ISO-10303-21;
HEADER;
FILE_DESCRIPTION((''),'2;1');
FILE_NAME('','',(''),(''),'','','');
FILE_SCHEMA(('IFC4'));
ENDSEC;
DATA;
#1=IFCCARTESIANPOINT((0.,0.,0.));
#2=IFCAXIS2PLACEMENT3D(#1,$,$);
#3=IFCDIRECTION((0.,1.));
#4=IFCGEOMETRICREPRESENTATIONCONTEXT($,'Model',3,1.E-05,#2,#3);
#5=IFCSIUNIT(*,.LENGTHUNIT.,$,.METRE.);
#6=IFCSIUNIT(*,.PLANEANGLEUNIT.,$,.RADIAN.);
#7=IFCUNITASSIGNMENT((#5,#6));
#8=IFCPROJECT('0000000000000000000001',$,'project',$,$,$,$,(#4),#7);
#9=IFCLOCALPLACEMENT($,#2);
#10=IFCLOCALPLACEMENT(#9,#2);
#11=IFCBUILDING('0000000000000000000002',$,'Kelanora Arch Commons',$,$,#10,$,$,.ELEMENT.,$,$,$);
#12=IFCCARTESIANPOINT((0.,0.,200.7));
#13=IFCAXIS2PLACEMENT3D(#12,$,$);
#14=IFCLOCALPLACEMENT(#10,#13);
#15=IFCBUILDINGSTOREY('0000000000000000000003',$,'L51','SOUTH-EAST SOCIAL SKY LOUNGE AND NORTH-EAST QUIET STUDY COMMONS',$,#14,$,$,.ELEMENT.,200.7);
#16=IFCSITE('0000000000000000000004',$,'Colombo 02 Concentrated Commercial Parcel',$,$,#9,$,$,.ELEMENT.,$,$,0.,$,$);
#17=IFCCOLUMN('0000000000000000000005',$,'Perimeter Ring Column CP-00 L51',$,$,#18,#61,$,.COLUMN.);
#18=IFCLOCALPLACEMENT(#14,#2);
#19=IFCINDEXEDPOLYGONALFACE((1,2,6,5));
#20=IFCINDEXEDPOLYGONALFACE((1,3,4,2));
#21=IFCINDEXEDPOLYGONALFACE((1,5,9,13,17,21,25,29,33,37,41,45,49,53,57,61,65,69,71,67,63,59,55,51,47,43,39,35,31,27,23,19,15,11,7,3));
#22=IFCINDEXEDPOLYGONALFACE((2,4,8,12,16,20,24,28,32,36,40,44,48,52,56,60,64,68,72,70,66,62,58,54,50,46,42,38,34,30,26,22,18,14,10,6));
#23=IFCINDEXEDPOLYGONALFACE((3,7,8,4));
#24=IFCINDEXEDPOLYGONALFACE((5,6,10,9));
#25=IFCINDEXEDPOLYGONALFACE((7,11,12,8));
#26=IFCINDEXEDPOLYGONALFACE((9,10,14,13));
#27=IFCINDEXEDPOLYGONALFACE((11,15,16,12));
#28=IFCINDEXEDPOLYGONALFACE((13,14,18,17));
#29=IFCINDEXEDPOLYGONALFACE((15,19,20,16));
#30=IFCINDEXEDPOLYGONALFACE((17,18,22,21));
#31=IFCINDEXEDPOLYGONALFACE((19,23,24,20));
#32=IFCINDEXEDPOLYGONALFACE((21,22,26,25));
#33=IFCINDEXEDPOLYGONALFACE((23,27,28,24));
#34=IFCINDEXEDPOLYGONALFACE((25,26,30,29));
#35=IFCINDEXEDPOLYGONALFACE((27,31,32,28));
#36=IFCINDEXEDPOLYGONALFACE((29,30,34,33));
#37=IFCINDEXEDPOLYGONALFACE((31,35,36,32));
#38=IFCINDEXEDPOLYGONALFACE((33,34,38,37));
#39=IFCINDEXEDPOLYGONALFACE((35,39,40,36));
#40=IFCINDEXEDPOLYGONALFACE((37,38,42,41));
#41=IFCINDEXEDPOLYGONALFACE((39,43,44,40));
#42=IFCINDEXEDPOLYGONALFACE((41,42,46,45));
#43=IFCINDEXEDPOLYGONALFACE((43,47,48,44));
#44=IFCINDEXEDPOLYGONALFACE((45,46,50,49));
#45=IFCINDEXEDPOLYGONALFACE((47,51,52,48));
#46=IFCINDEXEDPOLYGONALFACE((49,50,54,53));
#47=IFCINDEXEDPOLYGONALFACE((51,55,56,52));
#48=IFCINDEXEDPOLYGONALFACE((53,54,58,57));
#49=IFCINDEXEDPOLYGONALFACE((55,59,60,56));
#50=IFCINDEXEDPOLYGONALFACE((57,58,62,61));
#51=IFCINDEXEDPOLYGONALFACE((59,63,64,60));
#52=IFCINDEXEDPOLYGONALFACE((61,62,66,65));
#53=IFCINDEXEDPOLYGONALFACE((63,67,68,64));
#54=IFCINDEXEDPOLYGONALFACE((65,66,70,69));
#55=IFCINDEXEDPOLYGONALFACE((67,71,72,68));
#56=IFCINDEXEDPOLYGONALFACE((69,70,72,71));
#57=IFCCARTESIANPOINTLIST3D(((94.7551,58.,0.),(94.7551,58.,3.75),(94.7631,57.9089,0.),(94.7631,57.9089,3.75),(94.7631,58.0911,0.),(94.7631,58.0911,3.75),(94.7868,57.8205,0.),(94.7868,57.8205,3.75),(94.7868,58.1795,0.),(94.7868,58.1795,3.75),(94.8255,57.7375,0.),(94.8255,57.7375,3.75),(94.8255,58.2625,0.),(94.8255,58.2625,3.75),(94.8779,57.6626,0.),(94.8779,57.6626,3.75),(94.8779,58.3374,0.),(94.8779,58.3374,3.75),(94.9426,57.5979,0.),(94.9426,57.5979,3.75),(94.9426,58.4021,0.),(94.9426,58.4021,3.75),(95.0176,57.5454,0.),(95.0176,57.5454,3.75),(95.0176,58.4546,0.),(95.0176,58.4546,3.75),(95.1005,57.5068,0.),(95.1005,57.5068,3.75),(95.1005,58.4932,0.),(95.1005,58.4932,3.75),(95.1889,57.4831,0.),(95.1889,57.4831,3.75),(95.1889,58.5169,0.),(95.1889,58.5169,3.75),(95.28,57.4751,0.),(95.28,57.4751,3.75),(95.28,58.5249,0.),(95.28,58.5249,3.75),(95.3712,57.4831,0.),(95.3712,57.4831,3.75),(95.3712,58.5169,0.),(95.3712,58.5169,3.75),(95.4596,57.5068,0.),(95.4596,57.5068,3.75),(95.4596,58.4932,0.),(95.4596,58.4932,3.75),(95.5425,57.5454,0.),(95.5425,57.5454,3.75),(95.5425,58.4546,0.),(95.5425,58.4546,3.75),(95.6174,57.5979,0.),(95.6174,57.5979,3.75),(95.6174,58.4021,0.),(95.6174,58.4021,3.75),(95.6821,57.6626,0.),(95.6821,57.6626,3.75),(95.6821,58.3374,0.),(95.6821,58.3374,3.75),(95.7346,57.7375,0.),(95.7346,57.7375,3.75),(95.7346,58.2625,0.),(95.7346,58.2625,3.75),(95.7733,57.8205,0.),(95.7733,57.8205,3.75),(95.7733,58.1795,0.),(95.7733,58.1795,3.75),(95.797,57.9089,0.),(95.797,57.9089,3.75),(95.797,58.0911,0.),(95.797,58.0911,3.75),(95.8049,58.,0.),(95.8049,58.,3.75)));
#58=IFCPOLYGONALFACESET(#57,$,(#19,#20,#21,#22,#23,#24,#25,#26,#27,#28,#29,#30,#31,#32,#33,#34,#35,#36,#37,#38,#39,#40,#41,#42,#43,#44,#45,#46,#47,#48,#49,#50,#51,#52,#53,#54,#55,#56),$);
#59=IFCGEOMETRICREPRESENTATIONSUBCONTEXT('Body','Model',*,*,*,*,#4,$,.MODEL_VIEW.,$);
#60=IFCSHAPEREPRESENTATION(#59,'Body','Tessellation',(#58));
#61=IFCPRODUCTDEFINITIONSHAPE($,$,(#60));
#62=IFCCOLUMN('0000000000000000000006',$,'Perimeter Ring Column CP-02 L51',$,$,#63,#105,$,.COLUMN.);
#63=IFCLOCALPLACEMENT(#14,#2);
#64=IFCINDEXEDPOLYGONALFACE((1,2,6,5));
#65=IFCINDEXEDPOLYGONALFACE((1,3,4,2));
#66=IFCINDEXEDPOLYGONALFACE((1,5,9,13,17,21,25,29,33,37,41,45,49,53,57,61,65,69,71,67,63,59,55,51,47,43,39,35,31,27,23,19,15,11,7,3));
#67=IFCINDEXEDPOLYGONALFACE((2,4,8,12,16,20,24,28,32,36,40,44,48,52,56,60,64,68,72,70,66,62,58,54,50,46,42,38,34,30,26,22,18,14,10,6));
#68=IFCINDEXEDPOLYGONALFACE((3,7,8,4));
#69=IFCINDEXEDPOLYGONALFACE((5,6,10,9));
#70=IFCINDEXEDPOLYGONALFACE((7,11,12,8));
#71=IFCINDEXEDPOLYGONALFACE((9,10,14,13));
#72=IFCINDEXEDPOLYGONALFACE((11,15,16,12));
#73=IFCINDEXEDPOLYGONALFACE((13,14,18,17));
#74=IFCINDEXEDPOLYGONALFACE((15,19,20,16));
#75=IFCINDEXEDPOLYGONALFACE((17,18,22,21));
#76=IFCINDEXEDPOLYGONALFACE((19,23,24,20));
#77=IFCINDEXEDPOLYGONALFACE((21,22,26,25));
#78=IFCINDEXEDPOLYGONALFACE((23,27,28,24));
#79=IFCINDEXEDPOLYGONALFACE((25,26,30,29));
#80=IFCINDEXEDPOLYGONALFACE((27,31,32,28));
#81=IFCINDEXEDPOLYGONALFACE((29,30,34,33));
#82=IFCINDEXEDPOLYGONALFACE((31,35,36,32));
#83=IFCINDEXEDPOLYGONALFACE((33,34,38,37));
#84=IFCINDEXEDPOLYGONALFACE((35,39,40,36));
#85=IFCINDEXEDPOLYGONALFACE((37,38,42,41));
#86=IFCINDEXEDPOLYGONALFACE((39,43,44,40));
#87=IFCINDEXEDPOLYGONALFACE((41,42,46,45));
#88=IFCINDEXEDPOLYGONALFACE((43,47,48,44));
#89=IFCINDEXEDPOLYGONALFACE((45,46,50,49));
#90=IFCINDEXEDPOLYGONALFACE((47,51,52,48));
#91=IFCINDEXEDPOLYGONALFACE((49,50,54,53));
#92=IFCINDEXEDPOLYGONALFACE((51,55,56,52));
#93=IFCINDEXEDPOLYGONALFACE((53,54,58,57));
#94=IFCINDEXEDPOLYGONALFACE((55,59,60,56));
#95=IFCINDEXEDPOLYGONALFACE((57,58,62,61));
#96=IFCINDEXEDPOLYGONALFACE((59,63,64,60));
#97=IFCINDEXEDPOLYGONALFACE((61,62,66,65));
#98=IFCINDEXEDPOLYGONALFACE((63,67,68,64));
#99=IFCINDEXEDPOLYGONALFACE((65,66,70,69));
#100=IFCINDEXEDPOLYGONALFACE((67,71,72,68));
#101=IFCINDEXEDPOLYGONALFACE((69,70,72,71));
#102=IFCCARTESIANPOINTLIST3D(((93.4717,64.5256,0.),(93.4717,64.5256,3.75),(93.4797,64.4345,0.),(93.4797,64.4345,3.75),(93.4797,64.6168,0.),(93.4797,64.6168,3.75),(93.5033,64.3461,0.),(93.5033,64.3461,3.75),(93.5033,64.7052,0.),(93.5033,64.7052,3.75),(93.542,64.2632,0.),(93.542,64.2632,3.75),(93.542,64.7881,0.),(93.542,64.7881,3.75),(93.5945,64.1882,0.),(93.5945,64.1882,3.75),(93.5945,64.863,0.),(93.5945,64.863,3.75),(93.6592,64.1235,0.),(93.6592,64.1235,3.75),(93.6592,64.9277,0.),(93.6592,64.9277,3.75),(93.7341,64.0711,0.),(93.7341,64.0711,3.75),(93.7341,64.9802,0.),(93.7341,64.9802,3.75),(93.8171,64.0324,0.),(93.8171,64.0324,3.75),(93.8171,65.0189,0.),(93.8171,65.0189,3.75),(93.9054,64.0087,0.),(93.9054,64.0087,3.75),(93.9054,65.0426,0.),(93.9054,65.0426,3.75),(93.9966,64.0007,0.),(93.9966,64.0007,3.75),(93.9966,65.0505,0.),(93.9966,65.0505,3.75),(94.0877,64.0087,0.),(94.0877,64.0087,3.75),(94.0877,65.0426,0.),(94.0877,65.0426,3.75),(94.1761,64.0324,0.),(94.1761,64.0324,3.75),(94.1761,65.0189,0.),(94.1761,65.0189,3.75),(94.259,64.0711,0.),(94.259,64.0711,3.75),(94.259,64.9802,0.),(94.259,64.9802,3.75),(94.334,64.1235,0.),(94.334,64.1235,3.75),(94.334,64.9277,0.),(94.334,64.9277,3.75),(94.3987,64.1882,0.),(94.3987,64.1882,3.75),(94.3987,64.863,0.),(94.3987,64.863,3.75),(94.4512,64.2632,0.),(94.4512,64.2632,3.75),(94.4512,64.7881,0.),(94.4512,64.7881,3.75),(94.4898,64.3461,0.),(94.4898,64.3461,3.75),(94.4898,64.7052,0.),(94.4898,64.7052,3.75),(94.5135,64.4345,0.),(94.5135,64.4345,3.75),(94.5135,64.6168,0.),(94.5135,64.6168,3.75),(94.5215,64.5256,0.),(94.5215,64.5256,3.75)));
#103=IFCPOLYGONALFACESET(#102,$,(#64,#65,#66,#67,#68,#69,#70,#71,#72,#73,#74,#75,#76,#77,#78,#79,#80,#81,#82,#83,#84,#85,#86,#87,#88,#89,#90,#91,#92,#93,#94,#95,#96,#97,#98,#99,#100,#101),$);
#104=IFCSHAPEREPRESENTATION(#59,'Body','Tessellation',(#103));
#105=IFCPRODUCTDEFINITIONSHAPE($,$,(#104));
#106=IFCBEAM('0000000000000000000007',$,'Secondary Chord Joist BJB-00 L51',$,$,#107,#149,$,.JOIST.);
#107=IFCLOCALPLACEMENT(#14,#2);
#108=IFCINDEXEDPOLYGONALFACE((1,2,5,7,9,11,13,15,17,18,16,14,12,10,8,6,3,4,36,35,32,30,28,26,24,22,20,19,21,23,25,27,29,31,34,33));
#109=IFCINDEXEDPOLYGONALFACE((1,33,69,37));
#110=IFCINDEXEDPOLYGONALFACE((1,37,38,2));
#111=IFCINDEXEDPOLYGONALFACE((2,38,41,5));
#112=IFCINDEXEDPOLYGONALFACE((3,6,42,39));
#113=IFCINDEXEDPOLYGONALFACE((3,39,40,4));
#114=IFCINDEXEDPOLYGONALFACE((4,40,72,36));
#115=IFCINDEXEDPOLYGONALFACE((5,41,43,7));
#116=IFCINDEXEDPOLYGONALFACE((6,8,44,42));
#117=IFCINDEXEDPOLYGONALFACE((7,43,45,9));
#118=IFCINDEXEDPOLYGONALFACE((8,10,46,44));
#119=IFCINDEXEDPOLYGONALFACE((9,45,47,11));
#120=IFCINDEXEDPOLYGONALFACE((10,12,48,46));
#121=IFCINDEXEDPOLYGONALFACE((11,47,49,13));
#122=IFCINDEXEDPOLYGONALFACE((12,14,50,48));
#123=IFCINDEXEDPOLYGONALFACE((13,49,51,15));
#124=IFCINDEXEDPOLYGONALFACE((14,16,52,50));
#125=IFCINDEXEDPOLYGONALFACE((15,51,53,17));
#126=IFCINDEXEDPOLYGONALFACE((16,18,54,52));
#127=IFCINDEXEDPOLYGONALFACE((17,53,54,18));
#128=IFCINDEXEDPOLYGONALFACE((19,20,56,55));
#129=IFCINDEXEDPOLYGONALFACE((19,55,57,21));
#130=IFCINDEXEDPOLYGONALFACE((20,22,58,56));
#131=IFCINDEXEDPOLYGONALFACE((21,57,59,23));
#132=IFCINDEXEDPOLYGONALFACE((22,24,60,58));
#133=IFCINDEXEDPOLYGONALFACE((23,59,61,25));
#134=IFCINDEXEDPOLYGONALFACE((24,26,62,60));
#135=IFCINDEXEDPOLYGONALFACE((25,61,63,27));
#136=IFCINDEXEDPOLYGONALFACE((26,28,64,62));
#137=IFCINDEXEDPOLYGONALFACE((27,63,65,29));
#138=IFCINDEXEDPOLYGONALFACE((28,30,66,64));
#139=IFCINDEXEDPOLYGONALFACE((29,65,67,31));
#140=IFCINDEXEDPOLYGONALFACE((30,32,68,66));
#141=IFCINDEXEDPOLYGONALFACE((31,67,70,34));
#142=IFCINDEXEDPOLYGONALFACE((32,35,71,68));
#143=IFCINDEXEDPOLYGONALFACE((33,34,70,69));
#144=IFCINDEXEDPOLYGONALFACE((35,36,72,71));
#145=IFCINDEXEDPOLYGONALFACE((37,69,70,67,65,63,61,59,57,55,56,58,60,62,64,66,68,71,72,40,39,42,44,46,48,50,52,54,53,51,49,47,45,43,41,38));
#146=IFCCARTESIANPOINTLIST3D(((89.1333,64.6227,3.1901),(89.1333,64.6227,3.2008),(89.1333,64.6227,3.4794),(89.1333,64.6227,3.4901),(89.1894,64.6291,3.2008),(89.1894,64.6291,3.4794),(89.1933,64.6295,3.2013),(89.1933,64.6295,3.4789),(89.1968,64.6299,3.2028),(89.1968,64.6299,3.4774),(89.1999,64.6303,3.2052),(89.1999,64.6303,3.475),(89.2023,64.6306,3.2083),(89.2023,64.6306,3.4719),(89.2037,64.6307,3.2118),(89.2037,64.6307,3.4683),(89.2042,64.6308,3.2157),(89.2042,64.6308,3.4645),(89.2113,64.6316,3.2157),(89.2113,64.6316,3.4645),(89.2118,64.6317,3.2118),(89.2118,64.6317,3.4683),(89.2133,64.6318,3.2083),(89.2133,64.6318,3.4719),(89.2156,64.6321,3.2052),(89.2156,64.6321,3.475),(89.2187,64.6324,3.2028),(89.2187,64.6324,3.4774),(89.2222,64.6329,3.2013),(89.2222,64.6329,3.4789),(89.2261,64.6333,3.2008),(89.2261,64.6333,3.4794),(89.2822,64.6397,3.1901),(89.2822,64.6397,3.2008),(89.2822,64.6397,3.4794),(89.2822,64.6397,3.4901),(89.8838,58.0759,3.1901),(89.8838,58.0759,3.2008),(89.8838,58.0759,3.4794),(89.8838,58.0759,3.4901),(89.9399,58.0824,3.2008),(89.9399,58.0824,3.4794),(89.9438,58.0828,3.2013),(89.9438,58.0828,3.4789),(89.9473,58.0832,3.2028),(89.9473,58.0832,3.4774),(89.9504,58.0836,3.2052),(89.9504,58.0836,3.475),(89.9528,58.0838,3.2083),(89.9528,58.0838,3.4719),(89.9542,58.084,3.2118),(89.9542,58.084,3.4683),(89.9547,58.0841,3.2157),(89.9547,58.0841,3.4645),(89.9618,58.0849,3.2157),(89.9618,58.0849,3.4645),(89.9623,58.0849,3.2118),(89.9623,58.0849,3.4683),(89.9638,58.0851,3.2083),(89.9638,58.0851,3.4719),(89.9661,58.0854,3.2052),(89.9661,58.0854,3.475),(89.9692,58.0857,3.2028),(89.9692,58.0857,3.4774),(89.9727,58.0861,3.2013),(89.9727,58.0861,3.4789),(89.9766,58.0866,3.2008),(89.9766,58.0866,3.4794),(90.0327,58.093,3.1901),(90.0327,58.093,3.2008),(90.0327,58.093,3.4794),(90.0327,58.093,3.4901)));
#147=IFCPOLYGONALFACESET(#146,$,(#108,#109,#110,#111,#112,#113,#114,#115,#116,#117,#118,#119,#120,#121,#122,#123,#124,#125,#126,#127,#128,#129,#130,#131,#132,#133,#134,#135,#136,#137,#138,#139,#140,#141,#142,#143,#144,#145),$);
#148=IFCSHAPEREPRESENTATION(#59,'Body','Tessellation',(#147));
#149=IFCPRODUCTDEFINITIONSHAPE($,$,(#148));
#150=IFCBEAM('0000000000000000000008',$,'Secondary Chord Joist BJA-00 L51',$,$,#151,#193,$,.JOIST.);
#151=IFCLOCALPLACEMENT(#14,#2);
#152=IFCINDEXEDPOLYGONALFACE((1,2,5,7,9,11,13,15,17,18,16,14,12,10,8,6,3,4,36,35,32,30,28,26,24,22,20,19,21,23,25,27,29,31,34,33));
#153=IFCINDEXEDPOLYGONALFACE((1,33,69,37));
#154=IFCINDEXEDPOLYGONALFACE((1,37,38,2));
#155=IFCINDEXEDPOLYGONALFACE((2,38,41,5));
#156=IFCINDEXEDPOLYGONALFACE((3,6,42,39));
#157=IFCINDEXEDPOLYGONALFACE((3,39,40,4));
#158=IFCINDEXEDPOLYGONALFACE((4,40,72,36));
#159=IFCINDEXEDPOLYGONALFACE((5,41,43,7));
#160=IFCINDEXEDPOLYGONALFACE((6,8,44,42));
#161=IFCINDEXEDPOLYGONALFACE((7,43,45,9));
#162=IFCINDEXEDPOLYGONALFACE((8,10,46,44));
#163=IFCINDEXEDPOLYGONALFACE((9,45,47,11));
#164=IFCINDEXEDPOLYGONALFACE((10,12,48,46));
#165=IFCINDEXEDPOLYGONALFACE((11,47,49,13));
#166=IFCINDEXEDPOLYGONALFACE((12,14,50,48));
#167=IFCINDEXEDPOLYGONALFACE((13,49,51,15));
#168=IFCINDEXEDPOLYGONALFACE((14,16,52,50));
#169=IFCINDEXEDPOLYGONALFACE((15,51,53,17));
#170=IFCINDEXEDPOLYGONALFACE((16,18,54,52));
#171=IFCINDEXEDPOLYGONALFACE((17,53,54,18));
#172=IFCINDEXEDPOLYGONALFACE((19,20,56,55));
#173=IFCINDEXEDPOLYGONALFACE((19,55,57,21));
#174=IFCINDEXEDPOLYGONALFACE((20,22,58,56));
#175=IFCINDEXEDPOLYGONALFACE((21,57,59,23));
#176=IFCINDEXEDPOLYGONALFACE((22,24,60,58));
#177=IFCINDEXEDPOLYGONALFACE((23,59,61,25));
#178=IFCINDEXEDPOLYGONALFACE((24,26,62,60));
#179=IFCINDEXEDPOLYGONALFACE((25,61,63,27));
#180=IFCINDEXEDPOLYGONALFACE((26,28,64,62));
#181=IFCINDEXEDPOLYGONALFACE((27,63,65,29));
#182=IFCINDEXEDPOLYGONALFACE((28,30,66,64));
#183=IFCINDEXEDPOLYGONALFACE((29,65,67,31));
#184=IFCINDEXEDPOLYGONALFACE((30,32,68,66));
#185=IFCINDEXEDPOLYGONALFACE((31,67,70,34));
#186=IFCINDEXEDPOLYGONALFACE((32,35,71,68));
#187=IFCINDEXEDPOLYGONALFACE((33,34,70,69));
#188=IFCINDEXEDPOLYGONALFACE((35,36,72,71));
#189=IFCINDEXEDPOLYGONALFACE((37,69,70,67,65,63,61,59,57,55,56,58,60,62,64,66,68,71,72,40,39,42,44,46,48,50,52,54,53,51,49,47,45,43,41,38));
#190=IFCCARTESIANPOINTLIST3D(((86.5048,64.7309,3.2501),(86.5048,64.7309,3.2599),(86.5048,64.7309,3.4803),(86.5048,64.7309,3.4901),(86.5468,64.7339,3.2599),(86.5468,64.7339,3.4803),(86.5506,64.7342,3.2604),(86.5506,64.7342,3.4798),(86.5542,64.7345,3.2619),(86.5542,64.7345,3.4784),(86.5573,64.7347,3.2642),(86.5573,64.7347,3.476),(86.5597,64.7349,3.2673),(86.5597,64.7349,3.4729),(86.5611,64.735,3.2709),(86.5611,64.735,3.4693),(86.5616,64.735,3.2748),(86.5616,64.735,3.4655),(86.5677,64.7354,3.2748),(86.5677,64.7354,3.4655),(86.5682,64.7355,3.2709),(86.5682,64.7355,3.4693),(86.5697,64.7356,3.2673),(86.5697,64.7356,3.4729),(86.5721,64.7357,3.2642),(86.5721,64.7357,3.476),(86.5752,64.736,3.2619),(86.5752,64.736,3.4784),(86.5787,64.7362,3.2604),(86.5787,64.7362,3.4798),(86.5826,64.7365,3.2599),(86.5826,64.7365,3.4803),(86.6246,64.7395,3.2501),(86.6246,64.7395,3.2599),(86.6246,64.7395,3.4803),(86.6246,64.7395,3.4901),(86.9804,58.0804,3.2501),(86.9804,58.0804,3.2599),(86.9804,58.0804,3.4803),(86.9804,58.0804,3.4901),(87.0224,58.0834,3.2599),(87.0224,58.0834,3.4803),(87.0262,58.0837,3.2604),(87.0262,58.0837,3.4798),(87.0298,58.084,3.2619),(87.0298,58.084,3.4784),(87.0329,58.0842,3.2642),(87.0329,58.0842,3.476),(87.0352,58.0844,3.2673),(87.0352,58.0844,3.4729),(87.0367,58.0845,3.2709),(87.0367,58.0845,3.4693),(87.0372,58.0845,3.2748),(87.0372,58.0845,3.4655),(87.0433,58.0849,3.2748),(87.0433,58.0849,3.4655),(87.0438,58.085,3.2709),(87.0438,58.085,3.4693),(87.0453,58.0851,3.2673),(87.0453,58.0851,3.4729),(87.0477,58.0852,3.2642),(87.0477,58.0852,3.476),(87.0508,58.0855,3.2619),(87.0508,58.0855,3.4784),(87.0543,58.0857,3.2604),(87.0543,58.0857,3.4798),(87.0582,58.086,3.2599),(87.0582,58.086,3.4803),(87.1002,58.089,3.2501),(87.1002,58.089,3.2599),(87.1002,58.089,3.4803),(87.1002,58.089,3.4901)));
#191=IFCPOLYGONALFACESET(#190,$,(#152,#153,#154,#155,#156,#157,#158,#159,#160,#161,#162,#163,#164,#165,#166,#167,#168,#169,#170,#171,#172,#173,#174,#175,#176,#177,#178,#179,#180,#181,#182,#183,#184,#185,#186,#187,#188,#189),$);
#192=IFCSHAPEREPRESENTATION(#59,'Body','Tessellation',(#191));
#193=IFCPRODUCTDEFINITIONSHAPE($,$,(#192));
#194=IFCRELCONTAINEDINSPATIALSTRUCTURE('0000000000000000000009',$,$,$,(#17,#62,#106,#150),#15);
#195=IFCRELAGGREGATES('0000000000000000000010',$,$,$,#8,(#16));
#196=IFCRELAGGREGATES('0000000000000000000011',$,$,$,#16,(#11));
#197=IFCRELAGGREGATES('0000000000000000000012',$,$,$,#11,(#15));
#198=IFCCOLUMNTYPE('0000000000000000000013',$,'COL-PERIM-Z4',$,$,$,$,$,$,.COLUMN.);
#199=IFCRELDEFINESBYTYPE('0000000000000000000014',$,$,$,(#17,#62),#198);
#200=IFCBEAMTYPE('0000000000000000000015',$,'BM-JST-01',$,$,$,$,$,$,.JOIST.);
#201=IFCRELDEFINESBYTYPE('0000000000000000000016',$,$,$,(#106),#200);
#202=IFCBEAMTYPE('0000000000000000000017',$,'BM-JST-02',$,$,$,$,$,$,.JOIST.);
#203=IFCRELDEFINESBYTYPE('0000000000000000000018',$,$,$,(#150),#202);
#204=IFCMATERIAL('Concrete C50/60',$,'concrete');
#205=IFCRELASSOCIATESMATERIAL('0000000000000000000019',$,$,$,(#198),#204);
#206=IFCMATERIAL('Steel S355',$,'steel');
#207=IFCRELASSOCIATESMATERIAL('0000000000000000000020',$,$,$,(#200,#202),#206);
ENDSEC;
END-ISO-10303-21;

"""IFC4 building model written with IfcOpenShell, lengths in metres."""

from ifc_helpers import new_model, si_unit, direction, frame, origin, origin_2d, place, context, subcontext, project, spatial, circle, i_section, extrude, material, material_profile, profile_set, type_object, element, save


model = new_model("IFC4")

# Units and contexts
model_context = context("Model", 3, precision=1e-05, world=origin(), true_north=direction((0.0, 1.0)))
body_context = subcontext(model_context, "Body", "Model", "MODEL_VIEW")
ifc_project = project(units=[si_unit("LENGTHUNIT", "METRE"), si_unit("PLANEANGLEUNIT", "RADIAN")], contexts=[model_context])

# Site, building, storey
site_placement = place(None, origin())
site = spatial("IfcSite", under=ifc_project, at=site_placement, Name="Colombo 02 Concentrated Commercial Parcel", CompositionType="ELEMENT", RefElevation=0.0)
building_placement = place(site_placement, origin())
building = spatial("IfcBuilding", under=site, at=building_placement, Name="Kelanora Arch Commons", CompositionType="ELEMENT")
storey_placement = place(building_placement, frame((0.0, 0.0, 200.7)))
storey = spatial("IfcBuildingStorey", under=building, at=storey_placement, Name="L51", Description="SOUTH-EAST SOCIAL SKY LOUNGE AND NORTH-EAST QUIET STUDY COMMONS", CompositionType="ELEMENT", Elevation=200.7)

# Columns
ifc_material_1 = material(Name="Concrete C50/60", Category="concrete")
ifc_material_profile_1 = material_profile(ifc_material_1, circle(Radius=0.5249, at=origin_2d()), Name="RCC1050")
ifc_profile_set_1 = profile_set([ifc_material_profile_1], Name="Concrete C50/60")
column_type = type_object("IfcColumnType", Name="COL-PERIM-Z4", PredefinedType="COLUMN", material=ifc_profile_set_1)
for number, where, z_axis, x_axis, name in (
    (1, (95.28, 58.0, 0.0), (0.0, 0.0, 1.0), (1.0, 0.0, 0.0), "Perimeter Ring Column CP-00 L51"),
    (2, (93.9966, 64.5256, 0.0), (0.0, 0.0, 1.0), (1.0, 0.0, 0.0), "Perimeter Ring Column CP-02 L51"),
):
    element("IfcColumn", number, at=place(storey_placement, frame(where, z_axis=z_axis, x_axis=x_axis)), inside=storey, type_object=column_type, Name=name, PredefinedType="COLUMN", context=body_context, shape_type="SweptSolid", body=[
        extrude(circle(Radius=0.5249, at=origin_2d()), origin(), (0.0, 0.0, 1.0), 3.75),
    ])

# Beams
ifc_material_2 = material(Name="Steel S355", Category="steel")
ifc_material_profile_2 = material_profile(ifc_material_2, i_section(OverallWidth=0.1499, OverallDepth=0.3, WebThickness=0.0071, FlangeThickness=0.0107, FilletRadius=0.0149, at=origin_2d()), Name="IPE300")
ifc_profile_set_2 = profile_set([ifc_material_profile_2], Name="Steel S355")
beam_type_1 = type_object("IfcBeamType", Name="BM-JST-01", PredefinedType="JOIST", material=ifc_profile_set_2)
beam_1_placement = place(storey_placement, frame((89.9583, 58.0845, 3.3401), z_axis=(-0.113891, 0.993493, 0.0), x_axis=(-0.993493, -0.113891, 0.0)))
element("IfcBeam", 3, at=beam_1_placement, inside=storey, type_object=beam_type_1, Name="Secondary Chord Joist BJB-00 L51", PredefinedType="JOIST", context=body_context, shape_type="SweptSolid", body=[
    extrude(i_section(OverallWidth=0.1499, OverallDepth=0.3, WebThickness=0.0071, FlangeThickness=0.0107, FilletRadius=0.0149, at=origin_2d()), origin(), (0.0, 0.0, 1.0), 6.5896),
])
ifc_material_profile_3 = material_profile(ifc_material_2, i_section(OverallWidth=0.1201, OverallDepth=0.24, WebThickness=0.0061, FlangeThickness=0.0098, FilletRadius=0.0149, at=origin_2d()), Name="IPE240")
ifc_profile_set_3 = profile_set([ifc_material_profile_3], Name="Steel S355")
beam_type_2 = type_object("IfcBeamType", Name="BM-JST-02", PredefinedType="JOIST", material=ifc_profile_set_3)
beam_2_placement = place(storey_placement, frame((87.0403, 58.0847, 3.3701), z_axis=(-0.07133, 0.997453, 0.0), x_axis=(-0.997453, -0.07133, 0.0)))
element("IfcBeam", 4, at=beam_2_placement, inside=storey, type_object=beam_type_2, Name="Secondary Chord Joist BJA-00 L51", PredefinedType="JOIST", context=body_context, shape_type="SweptSolid", body=[
    extrude(i_section(OverallWidth=0.1201, OverallDepth=0.24, WebThickness=0.0061, FlangeThickness=0.0098, FilletRadius=0.0149, at=origin_2d()), origin(), (0.0, 0.0, 1.0), 6.6675),
])

save(model, "model.ifc")
